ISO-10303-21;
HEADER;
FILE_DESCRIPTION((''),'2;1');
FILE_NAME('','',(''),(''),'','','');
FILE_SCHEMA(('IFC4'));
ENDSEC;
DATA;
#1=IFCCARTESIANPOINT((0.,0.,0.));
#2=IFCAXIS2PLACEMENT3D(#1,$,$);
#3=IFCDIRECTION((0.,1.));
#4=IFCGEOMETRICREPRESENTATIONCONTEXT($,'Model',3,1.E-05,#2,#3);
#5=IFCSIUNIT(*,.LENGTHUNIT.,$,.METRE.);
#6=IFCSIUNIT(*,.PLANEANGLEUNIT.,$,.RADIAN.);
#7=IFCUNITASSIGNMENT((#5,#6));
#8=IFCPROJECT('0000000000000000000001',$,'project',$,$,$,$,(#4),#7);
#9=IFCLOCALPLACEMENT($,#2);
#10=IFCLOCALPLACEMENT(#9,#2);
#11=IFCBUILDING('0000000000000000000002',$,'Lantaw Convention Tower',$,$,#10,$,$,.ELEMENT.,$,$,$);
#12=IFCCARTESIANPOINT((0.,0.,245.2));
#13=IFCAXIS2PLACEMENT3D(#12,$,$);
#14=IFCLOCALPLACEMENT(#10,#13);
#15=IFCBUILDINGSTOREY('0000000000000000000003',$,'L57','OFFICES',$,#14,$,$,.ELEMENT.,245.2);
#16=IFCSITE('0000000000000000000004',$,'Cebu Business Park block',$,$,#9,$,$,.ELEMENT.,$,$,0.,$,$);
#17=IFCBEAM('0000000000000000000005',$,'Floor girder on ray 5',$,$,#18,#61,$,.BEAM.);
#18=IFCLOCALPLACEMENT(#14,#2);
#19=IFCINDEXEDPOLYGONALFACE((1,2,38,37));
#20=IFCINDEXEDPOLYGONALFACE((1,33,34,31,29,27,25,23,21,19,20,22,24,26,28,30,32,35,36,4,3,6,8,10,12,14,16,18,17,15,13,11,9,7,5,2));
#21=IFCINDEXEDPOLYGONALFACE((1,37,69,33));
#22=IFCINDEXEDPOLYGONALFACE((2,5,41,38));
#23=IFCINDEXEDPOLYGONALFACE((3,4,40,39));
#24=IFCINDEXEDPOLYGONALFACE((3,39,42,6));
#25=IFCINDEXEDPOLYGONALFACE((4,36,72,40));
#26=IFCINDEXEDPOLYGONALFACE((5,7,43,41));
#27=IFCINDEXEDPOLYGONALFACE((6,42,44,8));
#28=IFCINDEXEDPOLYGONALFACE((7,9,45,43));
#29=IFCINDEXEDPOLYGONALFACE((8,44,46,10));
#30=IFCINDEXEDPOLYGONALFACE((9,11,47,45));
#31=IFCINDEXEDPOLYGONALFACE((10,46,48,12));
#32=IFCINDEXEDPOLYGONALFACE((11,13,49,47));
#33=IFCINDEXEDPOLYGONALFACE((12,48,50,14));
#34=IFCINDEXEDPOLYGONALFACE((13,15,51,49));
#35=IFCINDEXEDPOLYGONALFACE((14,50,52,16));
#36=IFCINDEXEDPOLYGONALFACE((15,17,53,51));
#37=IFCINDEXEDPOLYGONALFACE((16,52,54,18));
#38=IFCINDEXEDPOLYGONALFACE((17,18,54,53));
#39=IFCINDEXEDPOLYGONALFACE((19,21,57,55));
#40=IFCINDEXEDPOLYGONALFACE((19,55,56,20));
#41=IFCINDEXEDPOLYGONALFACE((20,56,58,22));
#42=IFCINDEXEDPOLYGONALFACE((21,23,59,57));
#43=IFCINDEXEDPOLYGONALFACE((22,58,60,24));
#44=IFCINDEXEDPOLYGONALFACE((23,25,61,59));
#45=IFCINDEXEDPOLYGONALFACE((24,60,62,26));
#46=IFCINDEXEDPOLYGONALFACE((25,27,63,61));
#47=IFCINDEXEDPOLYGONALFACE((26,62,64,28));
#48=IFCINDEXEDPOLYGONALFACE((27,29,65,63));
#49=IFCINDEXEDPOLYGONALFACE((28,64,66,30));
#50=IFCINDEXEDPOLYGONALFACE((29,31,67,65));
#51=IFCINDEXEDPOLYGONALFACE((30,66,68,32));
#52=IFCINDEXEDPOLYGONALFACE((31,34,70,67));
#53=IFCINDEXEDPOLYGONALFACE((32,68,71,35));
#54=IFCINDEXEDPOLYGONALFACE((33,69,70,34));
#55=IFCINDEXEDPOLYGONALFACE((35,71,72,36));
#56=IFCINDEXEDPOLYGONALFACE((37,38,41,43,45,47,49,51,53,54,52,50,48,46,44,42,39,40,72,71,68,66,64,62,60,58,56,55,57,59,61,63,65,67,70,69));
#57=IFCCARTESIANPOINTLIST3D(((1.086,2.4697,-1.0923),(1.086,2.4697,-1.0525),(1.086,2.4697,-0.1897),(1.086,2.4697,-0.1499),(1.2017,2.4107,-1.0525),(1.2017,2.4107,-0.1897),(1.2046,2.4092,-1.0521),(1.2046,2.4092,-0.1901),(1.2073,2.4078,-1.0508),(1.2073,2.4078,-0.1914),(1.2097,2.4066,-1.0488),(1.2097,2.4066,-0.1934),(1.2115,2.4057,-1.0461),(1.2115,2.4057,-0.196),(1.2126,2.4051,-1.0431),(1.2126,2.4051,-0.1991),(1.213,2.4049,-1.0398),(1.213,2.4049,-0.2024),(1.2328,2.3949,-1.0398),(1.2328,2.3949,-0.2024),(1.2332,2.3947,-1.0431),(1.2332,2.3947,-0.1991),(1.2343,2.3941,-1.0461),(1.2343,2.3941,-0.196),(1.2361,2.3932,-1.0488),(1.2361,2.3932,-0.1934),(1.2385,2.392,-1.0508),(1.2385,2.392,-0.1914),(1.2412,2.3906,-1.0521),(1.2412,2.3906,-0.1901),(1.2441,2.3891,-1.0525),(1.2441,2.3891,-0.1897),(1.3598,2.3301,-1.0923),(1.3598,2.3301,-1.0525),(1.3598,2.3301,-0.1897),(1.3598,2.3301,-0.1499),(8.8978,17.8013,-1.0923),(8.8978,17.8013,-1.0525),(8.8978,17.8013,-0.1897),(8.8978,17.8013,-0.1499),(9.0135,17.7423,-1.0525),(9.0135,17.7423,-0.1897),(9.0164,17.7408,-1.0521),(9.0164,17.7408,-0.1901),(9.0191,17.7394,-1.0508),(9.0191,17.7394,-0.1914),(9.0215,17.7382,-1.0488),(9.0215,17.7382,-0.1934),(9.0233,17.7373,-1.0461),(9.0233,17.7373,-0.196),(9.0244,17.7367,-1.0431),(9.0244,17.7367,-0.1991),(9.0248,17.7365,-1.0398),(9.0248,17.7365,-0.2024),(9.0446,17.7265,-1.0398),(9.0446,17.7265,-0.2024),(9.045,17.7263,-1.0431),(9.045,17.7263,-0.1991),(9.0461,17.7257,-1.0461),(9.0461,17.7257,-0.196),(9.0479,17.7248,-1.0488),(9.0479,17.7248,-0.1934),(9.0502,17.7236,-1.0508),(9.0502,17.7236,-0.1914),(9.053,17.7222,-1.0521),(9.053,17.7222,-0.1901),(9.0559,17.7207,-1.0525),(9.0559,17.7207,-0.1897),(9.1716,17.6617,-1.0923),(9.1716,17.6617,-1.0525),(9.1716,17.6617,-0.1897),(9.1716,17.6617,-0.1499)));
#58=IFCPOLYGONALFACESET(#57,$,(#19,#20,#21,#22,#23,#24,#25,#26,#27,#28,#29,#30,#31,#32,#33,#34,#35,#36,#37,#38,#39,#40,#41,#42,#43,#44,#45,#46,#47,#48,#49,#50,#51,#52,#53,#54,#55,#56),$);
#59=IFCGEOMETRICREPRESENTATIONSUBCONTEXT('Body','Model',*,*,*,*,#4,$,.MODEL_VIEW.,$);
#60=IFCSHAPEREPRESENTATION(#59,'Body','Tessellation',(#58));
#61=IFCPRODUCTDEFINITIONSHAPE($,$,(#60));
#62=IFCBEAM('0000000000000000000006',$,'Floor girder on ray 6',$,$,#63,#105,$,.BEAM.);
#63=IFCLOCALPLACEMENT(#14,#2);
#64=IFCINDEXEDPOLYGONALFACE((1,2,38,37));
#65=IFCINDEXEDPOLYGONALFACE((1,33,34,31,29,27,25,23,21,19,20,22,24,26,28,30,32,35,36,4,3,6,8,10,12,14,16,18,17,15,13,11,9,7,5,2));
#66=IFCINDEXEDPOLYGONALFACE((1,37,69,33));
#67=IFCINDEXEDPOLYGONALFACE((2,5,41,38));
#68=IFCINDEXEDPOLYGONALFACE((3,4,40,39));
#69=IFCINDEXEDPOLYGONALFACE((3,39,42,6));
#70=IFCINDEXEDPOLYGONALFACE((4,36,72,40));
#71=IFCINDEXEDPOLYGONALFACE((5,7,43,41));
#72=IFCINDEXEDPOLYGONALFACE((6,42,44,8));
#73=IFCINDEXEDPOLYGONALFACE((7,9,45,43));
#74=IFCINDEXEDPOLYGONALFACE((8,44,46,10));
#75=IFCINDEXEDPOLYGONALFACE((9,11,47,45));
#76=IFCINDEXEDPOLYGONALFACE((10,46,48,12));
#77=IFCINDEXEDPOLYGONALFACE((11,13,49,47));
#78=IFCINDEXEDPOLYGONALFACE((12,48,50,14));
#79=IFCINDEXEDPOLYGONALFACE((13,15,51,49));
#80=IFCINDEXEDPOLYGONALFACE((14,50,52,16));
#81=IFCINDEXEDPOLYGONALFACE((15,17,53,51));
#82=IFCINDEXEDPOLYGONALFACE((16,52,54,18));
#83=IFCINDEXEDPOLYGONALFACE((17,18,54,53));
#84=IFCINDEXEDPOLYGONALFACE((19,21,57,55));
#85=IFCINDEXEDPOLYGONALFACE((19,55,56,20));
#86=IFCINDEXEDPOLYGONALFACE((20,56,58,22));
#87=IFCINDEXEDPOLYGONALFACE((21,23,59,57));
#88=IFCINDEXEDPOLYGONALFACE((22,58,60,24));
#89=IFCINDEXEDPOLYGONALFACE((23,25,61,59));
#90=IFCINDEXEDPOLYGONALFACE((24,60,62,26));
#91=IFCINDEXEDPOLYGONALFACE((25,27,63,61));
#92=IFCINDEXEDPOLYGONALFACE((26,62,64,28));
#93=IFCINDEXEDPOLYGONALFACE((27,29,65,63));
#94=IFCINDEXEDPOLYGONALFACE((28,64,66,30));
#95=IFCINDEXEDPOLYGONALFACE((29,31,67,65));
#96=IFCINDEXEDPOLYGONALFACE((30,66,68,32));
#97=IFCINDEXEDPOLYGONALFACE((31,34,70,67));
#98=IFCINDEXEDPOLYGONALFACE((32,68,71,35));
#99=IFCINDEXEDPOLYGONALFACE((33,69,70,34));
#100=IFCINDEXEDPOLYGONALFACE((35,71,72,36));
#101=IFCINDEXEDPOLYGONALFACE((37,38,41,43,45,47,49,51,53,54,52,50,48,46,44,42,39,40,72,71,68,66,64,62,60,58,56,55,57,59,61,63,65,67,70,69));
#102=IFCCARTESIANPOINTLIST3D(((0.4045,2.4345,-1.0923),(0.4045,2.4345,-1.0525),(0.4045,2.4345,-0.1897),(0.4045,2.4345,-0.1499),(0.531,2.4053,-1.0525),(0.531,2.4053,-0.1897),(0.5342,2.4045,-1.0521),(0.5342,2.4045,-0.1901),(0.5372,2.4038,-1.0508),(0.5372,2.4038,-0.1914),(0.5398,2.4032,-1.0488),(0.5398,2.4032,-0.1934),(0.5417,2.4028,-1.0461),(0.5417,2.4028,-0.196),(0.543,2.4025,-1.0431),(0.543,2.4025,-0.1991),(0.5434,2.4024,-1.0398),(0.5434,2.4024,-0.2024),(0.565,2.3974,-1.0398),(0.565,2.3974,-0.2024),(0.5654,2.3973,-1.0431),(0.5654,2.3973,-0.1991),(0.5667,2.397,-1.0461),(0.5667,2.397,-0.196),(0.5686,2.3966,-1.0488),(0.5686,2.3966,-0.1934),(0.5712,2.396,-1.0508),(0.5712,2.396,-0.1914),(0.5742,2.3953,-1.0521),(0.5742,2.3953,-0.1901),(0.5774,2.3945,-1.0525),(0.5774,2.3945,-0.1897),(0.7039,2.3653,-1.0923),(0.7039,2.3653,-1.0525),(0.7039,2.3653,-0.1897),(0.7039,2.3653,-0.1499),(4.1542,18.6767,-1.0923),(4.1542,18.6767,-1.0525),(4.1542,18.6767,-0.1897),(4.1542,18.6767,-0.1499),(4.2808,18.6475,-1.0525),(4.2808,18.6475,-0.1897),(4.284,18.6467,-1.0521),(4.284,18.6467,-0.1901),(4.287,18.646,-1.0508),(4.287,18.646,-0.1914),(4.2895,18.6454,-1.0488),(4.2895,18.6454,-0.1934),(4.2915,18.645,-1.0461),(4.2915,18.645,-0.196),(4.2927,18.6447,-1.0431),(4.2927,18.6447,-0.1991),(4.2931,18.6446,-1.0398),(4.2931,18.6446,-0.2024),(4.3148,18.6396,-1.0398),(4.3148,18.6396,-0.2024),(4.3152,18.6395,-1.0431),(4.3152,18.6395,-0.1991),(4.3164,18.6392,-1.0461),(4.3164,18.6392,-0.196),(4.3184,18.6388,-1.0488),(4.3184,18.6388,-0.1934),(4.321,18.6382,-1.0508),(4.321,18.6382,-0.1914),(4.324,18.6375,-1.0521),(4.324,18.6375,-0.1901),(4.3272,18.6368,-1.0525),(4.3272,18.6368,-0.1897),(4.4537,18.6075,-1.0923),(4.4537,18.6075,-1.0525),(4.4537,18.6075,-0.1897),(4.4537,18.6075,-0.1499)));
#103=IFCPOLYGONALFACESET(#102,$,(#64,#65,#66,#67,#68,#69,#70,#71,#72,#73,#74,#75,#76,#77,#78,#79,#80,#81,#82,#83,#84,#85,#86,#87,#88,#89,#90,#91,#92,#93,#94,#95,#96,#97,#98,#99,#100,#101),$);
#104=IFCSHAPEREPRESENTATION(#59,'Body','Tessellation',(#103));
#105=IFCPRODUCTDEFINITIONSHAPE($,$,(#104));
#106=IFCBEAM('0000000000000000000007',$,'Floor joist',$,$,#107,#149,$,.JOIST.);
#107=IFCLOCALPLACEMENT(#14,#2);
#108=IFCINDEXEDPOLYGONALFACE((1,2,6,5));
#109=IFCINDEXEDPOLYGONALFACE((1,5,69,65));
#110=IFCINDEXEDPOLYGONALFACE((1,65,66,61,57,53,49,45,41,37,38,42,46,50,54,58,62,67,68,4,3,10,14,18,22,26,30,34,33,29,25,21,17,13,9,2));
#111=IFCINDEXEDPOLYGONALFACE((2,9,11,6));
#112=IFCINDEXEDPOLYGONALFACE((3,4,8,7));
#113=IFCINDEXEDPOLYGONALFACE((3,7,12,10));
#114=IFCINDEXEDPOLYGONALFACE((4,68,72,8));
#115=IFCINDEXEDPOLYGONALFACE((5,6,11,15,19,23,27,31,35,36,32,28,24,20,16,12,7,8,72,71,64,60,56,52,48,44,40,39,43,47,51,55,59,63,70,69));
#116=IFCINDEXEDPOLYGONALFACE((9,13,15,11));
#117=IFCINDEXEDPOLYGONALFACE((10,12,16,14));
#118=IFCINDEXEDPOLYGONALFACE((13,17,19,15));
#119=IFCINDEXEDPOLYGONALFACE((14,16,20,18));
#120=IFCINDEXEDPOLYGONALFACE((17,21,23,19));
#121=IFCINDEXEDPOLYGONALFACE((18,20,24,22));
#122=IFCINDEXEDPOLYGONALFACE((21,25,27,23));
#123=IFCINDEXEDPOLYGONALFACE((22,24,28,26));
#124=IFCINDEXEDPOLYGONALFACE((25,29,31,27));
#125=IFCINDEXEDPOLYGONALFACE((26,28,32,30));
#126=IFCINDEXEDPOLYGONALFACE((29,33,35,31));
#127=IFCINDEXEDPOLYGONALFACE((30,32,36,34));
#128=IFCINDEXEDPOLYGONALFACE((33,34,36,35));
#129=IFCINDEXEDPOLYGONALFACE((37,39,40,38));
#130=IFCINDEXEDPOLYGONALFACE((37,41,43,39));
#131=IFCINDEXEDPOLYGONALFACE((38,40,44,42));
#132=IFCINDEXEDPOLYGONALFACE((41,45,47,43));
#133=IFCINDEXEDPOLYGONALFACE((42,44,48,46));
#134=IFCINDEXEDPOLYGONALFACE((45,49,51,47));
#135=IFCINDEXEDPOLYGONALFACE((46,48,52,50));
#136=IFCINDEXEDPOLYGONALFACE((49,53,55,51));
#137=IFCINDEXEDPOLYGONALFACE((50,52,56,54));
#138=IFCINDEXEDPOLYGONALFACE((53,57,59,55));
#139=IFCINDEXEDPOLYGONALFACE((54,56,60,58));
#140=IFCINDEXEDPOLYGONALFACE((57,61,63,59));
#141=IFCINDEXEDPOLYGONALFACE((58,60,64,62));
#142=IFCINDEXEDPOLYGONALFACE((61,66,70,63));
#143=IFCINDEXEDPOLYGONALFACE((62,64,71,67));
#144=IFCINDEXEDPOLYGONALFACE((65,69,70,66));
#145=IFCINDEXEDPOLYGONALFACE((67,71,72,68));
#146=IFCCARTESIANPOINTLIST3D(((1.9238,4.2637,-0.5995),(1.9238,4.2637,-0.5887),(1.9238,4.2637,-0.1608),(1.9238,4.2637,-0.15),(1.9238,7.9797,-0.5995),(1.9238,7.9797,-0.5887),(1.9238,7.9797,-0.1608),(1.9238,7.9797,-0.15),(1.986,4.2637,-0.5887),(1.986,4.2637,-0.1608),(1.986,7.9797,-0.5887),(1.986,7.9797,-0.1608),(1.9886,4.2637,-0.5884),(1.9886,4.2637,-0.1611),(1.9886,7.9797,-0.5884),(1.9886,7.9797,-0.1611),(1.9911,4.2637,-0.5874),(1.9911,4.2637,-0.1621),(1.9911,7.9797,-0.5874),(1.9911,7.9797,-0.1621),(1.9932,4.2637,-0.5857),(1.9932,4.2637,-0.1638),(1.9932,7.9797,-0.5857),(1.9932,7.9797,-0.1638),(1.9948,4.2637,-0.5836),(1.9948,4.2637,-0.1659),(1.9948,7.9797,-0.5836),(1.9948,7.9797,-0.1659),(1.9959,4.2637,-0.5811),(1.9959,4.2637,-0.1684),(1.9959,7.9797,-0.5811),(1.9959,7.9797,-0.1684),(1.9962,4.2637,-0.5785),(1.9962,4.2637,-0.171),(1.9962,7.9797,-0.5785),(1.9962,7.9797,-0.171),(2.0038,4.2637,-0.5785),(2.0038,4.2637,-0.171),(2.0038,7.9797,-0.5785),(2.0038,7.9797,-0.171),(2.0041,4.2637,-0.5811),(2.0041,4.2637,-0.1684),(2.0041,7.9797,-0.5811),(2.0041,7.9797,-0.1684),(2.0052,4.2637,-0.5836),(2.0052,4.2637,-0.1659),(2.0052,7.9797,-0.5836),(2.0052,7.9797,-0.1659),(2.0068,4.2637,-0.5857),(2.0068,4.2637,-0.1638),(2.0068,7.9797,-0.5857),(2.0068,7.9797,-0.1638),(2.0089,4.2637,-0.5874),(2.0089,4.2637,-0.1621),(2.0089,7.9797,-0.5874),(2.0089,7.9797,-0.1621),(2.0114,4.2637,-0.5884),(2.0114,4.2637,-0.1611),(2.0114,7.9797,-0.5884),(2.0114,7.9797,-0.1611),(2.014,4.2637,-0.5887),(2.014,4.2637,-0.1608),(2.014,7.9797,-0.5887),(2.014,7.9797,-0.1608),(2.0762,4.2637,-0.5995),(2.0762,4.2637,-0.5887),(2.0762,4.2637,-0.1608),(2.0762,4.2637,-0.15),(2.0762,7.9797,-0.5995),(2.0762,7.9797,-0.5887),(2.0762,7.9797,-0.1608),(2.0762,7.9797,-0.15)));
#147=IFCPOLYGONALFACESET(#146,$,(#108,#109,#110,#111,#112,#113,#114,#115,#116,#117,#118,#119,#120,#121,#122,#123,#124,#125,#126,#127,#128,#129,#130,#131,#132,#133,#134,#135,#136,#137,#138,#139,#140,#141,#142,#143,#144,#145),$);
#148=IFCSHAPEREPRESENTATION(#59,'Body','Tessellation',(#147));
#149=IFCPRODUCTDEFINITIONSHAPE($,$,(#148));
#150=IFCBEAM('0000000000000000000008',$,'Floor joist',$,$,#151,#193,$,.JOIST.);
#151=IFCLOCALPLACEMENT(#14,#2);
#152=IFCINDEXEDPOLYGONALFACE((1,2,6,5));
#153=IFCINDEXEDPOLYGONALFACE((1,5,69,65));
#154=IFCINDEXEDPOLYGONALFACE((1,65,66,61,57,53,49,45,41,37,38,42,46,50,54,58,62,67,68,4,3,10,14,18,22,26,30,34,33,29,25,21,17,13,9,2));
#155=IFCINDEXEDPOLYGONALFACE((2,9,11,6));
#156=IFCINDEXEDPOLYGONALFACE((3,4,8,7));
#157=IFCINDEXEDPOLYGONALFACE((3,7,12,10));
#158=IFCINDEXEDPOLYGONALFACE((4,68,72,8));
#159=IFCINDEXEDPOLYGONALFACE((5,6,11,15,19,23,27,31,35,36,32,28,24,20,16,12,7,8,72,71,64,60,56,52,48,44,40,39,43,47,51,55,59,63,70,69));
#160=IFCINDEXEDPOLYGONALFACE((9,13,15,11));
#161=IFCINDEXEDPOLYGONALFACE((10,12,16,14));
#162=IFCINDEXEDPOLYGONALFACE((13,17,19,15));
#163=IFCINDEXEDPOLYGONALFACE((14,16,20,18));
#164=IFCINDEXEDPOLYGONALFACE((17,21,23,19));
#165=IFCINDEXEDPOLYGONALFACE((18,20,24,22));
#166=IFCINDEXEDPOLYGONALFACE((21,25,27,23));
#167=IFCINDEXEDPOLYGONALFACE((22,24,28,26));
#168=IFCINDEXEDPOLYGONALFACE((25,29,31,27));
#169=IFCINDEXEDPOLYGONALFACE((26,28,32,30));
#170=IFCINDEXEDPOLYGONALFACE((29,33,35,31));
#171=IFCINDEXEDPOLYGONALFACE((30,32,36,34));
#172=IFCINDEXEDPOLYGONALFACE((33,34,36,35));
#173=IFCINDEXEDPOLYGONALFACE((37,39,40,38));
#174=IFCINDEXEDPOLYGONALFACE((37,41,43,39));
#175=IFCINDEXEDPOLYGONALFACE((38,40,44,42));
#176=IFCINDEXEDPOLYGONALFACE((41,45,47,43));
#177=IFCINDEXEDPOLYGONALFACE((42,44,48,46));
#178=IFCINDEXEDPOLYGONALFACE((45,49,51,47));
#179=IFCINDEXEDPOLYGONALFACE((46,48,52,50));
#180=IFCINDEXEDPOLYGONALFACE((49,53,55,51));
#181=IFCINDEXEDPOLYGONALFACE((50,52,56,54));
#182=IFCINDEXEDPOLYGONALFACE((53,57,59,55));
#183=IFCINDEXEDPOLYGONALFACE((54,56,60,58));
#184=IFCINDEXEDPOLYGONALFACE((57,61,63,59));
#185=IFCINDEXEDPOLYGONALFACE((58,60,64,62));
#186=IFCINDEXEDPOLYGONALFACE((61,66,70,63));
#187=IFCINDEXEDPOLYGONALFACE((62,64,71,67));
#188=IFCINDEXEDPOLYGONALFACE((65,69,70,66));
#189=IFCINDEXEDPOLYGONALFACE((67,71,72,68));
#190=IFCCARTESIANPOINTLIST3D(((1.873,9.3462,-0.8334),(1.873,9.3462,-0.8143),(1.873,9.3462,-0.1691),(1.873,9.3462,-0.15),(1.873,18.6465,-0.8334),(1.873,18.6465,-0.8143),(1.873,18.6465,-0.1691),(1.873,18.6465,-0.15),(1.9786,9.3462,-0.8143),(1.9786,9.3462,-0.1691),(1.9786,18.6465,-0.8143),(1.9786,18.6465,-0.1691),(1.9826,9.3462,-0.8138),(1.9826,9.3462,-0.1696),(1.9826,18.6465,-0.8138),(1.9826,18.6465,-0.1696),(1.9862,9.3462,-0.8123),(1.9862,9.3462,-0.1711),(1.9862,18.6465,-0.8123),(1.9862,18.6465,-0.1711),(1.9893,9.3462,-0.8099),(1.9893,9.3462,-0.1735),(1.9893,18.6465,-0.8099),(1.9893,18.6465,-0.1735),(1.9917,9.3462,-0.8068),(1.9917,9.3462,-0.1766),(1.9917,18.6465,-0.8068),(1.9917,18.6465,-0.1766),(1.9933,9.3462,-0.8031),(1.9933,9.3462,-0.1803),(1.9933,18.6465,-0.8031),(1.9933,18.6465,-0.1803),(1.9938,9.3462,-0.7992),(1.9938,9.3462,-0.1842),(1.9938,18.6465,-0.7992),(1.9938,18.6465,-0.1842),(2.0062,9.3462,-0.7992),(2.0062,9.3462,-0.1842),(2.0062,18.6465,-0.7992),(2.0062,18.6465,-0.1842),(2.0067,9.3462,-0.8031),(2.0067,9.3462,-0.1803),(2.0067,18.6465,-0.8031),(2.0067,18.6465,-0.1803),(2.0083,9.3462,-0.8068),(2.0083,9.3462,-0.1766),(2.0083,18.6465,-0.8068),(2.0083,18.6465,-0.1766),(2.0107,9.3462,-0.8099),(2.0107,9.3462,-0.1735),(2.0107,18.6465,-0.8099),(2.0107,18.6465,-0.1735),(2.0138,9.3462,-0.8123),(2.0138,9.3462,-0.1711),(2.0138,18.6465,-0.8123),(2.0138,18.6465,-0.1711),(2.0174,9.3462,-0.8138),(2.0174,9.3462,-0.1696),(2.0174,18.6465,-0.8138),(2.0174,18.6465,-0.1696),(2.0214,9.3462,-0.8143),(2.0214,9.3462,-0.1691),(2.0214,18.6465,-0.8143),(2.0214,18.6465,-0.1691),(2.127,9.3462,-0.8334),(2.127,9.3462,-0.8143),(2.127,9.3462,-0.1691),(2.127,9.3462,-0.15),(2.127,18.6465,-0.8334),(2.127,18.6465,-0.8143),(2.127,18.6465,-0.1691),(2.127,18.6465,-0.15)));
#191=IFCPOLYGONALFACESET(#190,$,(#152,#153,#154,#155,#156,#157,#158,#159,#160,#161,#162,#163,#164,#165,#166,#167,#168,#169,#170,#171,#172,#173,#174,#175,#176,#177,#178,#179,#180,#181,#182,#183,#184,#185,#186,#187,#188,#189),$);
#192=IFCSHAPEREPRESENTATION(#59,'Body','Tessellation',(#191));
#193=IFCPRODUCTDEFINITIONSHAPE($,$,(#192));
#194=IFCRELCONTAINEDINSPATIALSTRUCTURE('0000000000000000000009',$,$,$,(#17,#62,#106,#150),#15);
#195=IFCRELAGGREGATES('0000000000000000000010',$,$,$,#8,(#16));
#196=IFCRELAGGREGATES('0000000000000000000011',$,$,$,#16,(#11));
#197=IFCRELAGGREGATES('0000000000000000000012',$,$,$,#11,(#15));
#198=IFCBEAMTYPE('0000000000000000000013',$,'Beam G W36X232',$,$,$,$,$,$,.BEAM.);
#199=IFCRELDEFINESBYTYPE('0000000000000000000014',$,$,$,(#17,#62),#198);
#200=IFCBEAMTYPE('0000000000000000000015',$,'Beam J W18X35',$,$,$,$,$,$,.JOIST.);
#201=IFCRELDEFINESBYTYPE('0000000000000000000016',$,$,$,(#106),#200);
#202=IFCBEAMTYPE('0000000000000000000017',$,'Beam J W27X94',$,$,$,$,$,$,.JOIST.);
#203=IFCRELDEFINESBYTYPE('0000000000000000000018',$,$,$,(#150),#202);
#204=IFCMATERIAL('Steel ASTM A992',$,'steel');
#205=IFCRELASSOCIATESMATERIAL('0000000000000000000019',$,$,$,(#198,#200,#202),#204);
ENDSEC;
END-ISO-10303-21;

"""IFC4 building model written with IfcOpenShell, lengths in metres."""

from ifc_helpers import new_model, si_unit, direction, frame, origin, origin_2d, place, context, subcontext, project, spatial, i_section, extrude, material, material_profile, profile_set, type_object, element, save


model = new_model("IFC4")

# Units and contexts
model_context = context("Model", 3, precision=1e-05, world=origin(), true_north=direction((0.0, 1.0)))
body_context = subcontext(model_context, "Body", "Model", "MODEL_VIEW")
ifc_project = project(units=[si_unit("LENGTHUNIT", "METRE"), si_unit("PLANEANGLEUNIT", "RADIAN")], contexts=[model_context])

# Site, building, storey
site_placement = place(None, origin())
site = spatial("IfcSite", under=ifc_project, at=site_placement, Name="Cebu Business Park block", CompositionType="ELEMENT", RefElevation=0.0)
building_placement = place(site_placement, origin())
building = spatial("IfcBuilding", under=site, at=building_placement, Name="Lantaw Convention Tower", CompositionType="ELEMENT")
storey_placement = place(building_placement, frame((0.0, 0.0, 245.2)))
storey = spatial("IfcBuildingStorey", under=building, at=storey_placement, Name="L57", Description="OFFICES", CompositionType="ELEMENT", Elevation=245.2)

# Beams
ifc_material_1 = material(Name="Steel ASTM A992", Category="steel")
ifc_material_profile_1 = material_profile(ifc_material_1, i_section(OverallWidth=0.3074, OverallDepth=0.9424, WebThickness=0.0222, FlangeThickness=0.0398, FilletRadius=0.0127, at=origin_2d()), Name="W36X232")
ifc_profile_set_1 = profile_set([ifc_material_profile_1], Name="Steel ASTM A992")
beam_type_1 = type_object("IfcBeamType", Name="Beam G W36X232", PredefinedType="BEAM", material=ifc_profile_set_1)
beam_1_placement = place(storey_placement, frame((1.2229, 2.3999, -0.6211), z_axis=(0.453988, 0.891008, 0.0), x_axis=(-0.891008, 0.453988, 0.0)))
element("IfcBeam", 1, at=beam_1_placement, inside=storey, type_object=beam_type_1, Name="Floor girder on ray 5", PredefinedType="BEAM", context=body_context, shape_type="SweptSolid", body=[
    extrude(i_section(OverallWidth=0.3074, OverallDepth=0.9424, WebThickness=0.0222, FlangeThickness=0.0398, FilletRadius=0.0127, at=origin_2d()), origin(), (0.0, 0.0, 1.0), 17.207),
])
beam_2_placement = place(storey_placement, frame((0.5542, 2.3999, -0.6211), z_axis=(0.224948, 0.974371, 0.0), x_axis=(-0.974371, 0.224948, 0.0)))
element("IfcBeam", 2, at=beam_2_placement, inside=storey, type_object=beam_type_1, Name="Floor girder on ray 6", PredefinedType="BEAM", context=body_context, shape_type="SweptSolid", body=[
    extrude(i_section(OverallWidth=0.3074, OverallDepth=0.9424, WebThickness=0.0222, FlangeThickness=0.0398, FilletRadius=0.0127, at=origin_2d()), origin(), (0.0, 0.0, 1.0), 16.6694),
])
ifc_material_profile_2 = material_profile(ifc_material_1, i_section(OverallWidth=0.1523, OverallDepth=0.4495, WebThickness=0.0076, FlangeThickness=0.0107, FilletRadius=0.0103, at=origin_2d()), Name="W18X35")
ifc_profile_set_2 = profile_set([ifc_material_profile_2], Name="Steel ASTM A992")
beam_type_2 = type_object("IfcBeamType", Name="Beam J W18X35", PredefinedType="JOIST", material=ifc_profile_set_2)
beam_3_placement = place(storey_placement, frame((2.0, 4.2637, -0.3748), z_axis=(0.0, 1.0, 0.0), x_axis=(-1.0, 0.0, 0.0)))
element("IfcBeam", 3, at=beam_3_placement, inside=storey, type_object=beam_type_2, Name="Floor joist", PredefinedType="JOIST", context=body_context, shape_type="SweptSolid", body=[
    extrude(i_section(OverallWidth=0.1523, OverallDepth=0.4495, WebThickness=0.0076, FlangeThickness=0.0107, FilletRadius=0.0103, at=origin_2d()), origin(), (0.0, 0.0, 1.0), 3.7161),
])
ifc_material_profile_3 = material_profile(ifc_material_1, i_section(OverallWidth=0.2539, OverallDepth=0.6833, WebThickness=0.0125, FlangeThickness=0.019, FilletRadius=0.0151, at=origin_2d()), Name="W27X94")
ifc_profile_set_3 = profile_set([ifc_material_profile_3], Name="Steel ASTM A992")
beam_type_3 = type_object("IfcBeamType", Name="Beam J W27X94", PredefinedType="JOIST", material=ifc_profile_set_3)
beam_4_placement = place(storey_placement, frame((2.0, 9.3462, -0.4917), z_axis=(0.0, 1.0, 0.0), x_axis=(-1.0, 0.0, 0.0)))
element("IfcBeam", 4, at=beam_4_placement, inside=storey, type_object=beam_type_3, Name="Floor joist", PredefinedType="JOIST", context=body_context, shape_type="SweptSolid", body=[
    extrude(i_section(OverallWidth=0.2539, OverallDepth=0.6833, WebThickness=0.0125, FlangeThickness=0.019, FilletRadius=0.0151, at=origin_2d()), origin(), (0.0, 0.0, 1.0), 9.3003),
])

save(model, "model.ifc")
